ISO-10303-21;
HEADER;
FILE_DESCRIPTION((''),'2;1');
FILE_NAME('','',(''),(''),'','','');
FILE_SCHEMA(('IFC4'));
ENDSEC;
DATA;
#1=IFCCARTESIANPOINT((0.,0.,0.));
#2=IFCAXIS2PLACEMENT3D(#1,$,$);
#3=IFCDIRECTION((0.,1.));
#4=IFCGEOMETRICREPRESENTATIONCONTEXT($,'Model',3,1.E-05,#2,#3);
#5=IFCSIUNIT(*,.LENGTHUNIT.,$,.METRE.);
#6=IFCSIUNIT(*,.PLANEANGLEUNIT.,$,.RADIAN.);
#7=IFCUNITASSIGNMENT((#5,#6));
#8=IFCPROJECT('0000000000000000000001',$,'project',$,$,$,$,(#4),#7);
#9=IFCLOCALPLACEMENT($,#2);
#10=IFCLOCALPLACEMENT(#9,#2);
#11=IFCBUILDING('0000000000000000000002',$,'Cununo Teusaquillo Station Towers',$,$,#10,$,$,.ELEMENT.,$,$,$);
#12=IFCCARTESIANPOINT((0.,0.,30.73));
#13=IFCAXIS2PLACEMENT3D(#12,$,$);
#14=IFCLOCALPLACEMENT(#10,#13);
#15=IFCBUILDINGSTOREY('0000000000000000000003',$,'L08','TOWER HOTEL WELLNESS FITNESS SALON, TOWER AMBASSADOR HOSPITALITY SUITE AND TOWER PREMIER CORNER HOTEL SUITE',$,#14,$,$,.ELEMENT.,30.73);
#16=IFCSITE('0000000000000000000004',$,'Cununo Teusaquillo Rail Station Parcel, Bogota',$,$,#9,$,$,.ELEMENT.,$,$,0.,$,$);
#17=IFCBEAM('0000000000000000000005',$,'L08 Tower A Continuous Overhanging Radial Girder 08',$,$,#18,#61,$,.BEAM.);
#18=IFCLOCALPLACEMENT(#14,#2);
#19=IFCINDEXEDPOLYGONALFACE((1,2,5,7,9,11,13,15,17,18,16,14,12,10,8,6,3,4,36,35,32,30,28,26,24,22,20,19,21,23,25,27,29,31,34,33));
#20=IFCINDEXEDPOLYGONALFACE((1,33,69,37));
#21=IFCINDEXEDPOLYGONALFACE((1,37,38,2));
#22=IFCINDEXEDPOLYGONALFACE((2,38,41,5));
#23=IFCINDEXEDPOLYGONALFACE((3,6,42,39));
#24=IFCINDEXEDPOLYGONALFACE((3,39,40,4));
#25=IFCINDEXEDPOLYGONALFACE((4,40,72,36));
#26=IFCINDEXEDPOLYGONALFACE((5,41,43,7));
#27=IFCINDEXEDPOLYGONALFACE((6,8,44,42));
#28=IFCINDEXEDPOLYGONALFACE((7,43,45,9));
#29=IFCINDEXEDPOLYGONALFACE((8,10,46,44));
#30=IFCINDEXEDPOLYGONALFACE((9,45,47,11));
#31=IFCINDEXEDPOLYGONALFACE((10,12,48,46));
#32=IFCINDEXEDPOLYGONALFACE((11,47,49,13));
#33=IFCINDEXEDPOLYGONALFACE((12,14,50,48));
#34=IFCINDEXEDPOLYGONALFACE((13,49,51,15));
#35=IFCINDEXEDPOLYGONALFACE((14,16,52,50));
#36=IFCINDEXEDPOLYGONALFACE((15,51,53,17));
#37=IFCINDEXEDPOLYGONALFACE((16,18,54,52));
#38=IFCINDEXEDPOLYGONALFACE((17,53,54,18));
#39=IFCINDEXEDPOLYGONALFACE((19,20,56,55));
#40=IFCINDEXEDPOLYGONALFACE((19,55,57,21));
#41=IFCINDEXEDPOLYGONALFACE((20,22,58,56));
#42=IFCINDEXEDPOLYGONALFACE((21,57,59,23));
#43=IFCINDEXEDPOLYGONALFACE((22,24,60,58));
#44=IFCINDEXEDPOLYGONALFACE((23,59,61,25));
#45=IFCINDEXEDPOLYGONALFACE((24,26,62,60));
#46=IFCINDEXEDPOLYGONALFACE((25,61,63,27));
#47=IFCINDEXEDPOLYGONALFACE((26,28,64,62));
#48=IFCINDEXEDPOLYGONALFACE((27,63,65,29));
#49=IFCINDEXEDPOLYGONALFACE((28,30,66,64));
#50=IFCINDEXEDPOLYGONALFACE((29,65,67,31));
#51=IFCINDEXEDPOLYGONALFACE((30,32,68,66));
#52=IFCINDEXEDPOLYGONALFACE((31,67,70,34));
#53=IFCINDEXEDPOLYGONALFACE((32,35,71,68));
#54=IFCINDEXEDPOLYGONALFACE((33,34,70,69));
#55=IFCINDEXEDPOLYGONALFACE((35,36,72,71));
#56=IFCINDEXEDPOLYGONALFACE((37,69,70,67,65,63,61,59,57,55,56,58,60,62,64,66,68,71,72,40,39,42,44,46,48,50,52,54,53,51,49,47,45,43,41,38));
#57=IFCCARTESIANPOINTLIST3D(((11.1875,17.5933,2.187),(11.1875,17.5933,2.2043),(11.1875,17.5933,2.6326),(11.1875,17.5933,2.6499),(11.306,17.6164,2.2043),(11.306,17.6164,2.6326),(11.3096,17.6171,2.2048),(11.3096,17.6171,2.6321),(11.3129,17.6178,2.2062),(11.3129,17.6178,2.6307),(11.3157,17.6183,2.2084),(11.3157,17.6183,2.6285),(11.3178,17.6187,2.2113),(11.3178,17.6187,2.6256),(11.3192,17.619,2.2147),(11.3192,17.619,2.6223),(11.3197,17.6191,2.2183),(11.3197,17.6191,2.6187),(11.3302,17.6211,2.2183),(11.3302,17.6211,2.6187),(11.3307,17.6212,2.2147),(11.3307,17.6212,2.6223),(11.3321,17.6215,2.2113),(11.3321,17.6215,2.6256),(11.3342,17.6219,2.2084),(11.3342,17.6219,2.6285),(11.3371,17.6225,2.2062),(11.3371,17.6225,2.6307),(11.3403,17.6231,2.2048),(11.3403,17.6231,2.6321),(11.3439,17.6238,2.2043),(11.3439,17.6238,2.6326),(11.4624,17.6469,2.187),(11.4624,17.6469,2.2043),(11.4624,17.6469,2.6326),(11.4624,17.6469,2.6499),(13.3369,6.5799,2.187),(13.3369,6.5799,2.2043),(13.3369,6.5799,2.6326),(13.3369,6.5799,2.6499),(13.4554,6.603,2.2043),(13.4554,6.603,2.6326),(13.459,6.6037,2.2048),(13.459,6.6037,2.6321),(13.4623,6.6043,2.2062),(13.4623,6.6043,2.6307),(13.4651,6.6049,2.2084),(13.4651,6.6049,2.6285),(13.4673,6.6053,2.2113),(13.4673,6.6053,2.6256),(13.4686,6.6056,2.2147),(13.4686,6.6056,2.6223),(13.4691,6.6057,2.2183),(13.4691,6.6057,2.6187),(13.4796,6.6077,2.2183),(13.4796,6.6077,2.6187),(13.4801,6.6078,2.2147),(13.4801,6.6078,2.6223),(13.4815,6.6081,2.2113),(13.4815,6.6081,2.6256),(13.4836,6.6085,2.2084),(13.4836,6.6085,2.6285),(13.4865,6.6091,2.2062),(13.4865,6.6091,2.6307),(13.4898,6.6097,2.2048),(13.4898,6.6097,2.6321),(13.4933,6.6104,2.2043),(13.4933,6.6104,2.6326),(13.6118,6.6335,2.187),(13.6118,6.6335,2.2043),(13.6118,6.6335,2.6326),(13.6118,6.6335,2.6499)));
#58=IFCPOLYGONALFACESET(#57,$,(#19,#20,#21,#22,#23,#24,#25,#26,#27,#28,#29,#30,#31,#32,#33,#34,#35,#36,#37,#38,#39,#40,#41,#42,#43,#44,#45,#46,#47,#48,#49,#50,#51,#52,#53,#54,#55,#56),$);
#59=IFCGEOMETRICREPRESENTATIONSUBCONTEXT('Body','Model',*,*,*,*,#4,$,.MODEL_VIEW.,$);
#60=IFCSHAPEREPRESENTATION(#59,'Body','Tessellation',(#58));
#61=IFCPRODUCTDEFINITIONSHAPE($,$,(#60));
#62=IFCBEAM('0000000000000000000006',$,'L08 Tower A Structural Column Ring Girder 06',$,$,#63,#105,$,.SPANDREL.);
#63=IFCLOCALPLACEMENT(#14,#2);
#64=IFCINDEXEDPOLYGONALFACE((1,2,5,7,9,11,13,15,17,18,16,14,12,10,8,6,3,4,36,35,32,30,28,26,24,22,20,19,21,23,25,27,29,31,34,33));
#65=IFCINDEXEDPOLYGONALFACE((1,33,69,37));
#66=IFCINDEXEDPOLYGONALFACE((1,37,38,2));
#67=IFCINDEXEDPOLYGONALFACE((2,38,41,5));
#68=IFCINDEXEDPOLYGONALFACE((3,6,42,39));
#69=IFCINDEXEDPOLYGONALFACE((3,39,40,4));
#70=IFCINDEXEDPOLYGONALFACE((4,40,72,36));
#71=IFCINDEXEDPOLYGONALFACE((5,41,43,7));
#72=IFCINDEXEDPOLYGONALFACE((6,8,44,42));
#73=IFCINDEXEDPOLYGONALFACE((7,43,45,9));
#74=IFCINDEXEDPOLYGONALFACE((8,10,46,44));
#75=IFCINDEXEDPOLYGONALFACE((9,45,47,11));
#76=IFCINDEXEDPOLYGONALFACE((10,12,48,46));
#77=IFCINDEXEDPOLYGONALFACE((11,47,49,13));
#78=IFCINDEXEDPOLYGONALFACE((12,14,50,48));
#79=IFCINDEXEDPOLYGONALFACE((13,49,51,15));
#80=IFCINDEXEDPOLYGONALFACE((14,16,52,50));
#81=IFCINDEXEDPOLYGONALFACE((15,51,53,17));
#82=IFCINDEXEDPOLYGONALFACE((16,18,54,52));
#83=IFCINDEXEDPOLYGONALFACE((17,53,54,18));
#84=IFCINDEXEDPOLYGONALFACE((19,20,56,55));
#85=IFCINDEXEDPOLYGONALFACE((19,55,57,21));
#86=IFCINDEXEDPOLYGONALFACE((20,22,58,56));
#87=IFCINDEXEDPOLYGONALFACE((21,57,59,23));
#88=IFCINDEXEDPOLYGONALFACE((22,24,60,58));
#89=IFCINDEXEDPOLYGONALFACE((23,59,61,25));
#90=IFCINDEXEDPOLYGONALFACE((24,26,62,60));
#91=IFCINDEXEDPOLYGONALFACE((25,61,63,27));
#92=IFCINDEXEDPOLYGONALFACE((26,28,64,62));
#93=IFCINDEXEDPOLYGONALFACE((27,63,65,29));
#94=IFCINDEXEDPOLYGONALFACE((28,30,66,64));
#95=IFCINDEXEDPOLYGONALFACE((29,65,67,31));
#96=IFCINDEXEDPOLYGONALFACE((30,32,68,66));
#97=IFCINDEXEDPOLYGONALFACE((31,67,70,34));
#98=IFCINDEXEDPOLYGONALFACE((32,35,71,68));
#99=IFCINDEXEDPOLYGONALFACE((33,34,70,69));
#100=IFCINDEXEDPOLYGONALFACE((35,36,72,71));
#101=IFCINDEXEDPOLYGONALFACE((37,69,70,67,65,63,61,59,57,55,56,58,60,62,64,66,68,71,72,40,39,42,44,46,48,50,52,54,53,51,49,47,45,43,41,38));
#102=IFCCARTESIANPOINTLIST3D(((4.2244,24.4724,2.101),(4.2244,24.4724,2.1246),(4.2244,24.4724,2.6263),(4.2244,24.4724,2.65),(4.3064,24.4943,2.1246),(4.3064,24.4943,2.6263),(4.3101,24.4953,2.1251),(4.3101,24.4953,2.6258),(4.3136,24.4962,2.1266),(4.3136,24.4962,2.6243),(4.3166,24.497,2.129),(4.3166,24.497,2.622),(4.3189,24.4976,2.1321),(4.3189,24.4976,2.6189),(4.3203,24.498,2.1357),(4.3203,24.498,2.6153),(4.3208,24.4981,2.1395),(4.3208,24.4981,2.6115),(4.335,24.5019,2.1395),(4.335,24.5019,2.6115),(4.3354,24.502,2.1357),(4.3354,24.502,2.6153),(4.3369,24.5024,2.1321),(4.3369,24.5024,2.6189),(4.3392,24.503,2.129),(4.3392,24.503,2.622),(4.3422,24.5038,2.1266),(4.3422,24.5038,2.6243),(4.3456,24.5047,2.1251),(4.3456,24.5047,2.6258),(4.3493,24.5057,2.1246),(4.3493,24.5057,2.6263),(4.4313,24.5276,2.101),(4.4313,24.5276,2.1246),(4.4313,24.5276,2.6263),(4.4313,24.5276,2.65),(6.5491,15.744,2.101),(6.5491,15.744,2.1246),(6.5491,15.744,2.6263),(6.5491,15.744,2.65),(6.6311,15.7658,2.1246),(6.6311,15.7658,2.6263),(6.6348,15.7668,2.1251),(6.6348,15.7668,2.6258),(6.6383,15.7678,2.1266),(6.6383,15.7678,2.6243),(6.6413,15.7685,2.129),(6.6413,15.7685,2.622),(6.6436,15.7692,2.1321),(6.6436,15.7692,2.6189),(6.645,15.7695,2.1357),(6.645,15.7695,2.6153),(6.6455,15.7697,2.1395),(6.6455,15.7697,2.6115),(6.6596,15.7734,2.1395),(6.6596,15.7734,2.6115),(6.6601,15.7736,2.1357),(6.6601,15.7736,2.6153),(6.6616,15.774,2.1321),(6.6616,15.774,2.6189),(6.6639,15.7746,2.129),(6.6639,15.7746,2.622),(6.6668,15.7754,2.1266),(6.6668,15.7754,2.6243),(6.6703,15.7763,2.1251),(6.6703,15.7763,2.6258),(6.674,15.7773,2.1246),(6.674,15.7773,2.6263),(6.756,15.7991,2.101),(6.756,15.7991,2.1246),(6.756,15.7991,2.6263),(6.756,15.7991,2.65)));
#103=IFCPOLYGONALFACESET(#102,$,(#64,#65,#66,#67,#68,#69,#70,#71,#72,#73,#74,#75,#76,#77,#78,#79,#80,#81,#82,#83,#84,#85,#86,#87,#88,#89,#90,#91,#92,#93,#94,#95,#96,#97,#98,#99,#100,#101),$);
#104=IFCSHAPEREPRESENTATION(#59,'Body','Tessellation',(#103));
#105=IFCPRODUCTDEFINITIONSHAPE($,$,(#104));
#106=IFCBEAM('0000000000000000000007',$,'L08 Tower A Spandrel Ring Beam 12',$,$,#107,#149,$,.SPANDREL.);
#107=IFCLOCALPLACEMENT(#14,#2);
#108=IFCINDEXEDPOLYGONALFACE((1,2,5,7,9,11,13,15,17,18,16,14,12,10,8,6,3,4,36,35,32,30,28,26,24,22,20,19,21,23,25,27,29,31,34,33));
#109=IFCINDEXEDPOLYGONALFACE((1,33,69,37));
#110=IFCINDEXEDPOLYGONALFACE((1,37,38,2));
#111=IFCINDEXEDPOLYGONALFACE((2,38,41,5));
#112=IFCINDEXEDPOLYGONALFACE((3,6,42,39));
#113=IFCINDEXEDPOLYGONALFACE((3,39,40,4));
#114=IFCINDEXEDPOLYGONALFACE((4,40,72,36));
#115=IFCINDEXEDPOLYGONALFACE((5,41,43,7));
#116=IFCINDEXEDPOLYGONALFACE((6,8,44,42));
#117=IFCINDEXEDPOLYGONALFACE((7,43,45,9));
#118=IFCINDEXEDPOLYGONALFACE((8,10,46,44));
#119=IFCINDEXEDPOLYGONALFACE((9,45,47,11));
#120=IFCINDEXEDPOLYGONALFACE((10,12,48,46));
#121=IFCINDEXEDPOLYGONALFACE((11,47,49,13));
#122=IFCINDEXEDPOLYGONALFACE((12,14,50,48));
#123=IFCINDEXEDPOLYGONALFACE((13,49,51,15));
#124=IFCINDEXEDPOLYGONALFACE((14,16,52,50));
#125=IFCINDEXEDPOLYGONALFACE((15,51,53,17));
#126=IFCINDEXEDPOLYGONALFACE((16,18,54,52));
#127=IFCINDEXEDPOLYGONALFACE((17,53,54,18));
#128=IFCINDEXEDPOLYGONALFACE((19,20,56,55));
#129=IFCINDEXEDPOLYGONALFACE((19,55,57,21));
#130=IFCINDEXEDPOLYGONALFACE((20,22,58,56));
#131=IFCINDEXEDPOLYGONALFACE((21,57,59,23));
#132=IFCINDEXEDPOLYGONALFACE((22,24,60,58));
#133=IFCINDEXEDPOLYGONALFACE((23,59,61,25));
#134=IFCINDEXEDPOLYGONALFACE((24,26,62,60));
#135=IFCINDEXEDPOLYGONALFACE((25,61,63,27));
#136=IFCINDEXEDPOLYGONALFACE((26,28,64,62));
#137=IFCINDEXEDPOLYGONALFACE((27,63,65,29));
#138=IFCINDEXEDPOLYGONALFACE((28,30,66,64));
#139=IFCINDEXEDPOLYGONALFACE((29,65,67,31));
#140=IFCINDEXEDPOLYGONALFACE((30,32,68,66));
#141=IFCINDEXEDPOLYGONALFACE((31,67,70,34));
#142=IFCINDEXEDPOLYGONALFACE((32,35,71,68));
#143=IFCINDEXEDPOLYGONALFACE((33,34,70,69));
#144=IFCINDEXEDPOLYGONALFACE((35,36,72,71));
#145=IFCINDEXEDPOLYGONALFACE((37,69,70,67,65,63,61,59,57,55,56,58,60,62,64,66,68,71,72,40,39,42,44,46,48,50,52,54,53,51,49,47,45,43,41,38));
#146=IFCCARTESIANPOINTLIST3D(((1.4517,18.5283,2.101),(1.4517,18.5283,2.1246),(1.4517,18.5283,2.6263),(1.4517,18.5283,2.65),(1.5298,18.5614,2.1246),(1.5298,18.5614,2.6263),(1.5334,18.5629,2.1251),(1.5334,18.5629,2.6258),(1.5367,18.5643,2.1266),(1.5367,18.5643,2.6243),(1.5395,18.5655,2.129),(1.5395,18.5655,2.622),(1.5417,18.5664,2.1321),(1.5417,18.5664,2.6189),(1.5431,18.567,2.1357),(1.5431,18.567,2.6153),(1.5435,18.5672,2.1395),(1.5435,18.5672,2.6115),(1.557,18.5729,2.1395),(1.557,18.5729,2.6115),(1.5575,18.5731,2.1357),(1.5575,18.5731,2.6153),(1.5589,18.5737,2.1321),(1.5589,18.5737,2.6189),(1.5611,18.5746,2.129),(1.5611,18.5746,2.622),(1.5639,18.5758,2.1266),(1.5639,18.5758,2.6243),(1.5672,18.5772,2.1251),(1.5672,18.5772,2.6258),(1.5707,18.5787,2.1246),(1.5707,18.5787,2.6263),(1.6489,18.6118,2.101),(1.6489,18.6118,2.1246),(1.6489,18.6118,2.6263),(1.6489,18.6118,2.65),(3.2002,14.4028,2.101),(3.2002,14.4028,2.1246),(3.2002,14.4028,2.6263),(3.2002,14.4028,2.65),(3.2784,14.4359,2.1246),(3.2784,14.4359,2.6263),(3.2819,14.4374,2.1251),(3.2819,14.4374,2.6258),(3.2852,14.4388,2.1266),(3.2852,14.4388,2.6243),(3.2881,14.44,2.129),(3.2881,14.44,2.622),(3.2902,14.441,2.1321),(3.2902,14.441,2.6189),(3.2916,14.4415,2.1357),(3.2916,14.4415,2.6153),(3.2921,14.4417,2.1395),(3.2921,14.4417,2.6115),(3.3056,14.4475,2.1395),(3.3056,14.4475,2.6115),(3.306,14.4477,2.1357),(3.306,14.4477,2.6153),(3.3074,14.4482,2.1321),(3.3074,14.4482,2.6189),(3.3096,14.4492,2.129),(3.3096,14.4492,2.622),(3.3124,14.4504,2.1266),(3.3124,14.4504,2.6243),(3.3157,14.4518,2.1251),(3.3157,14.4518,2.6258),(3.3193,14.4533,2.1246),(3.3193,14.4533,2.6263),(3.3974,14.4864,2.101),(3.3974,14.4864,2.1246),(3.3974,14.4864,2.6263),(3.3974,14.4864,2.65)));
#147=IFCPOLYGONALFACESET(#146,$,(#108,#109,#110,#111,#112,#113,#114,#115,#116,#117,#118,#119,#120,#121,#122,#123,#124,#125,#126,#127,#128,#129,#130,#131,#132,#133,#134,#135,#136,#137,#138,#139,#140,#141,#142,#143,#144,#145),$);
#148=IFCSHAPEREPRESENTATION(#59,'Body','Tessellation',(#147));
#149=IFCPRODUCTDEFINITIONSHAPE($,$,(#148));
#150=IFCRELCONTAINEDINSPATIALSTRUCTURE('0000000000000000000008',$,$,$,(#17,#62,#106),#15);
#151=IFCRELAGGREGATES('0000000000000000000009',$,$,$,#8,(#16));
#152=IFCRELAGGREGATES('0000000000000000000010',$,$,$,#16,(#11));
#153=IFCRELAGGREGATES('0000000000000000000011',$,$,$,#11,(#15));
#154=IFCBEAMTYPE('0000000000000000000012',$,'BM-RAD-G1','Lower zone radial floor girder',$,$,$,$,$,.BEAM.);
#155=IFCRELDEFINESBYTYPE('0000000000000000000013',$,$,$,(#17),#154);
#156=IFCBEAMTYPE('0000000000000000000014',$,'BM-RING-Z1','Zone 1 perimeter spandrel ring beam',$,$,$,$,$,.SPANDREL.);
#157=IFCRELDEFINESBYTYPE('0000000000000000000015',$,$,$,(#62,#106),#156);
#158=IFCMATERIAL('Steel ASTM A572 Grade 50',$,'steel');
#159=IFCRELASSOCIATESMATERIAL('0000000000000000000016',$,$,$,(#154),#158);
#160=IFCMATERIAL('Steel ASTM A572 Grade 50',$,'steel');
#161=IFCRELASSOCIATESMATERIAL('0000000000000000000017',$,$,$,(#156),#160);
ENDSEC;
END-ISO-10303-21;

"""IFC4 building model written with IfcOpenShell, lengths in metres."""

from ifc_helpers import new_model, si_unit, direction, frame, origin, origin_2d, place, context, subcontext, project, spatial, i_section, extrude, material, material_profile, profile_set, type_object, element, save


model = new_model("IFC4")

# Units and contexts
model_context = context("Model", 3, precision=1e-05, world=origin(), true_north=direction((0.0, 1.0)))
body_context = subcontext(model_context, "Body", "Model", "MODEL_VIEW")
ifc_project = project(units=[si_unit("LENGTHUNIT", "METRE"), si_unit("PLANEANGLEUNIT", "RADIAN")], contexts=[model_context])

# Site, building, storey
site_placement = place(None, origin())
site = spatial("IfcSite", under=ifc_project, at=site_placement, Name="Cununo Teusaquillo Rail Station Parcel, Bogota", CompositionType="ELEMENT", RefElevation=0.0)
building_placement = place(site_placement, origin())
building = spatial("IfcBuilding", under=site, at=building_placement, Name="Cununo Teusaquillo Station Towers", CompositionType="ELEMENT")
storey_placement = place(building_placement, frame((0.0, 0.0, 30.73)))
storey = spatial("IfcBuildingStorey", under=building, at=storey_placement, Name="L08", Description="TOWER HOTEL WELLNESS FITNESS SALON, TOWER AMBASSADOR HOSPITALITY SUITE AND TOWER PREMIER CORNER HOTEL SUITE", CompositionType="ELEMENT", Elevation=30.73)

# Beams
ifc_material_1 = material(Name="Steel ASTM A572 Grade 50", Category="steel")
ifc_material_profile_1 = material_profile(ifc_material_1, i_section(OverallWidth=0.28, OverallDepth=0.4629, WebThickness=0.0107, FlangeThickness=0.0173, FilletRadius=0.0139, at=origin_2d()), Name="W18X76")
ifc_profile_set_1 = profile_set([ifc_material_profile_1], Name="Steel ASTM A572 Grade 50")
beam_type_1 = type_object("IfcBeamType", Name="BM-RAD-G1", Description="Lower zone radial floor girder", PredefinedType="BEAM", material=ifc_profile_set_1)
beam_1_placement = place(storey_placement, frame((11.325, 17.6201, 2.4185), z_axis=(0.191549, -0.981483, 0.0), x_axis=(0.981483, 0.191549, 0.0)))
element("IfcBeam", 1, at=beam_1_placement, inside=storey, type_object=beam_type_1, Name="L08 Tower A Continuous Overhanging Radial Girder 08", PredefinedType="BEAM", context=body_context, shape_type="SweptSolid", body=[
    extrude(i_section(OverallWidth=0.28, OverallDepth=0.4629, WebThickness=0.0107, FlangeThickness=0.0173, FilletRadius=0.0139, at=origin_2d()), origin(), (0.0, 0.0, 1.0), 11.2212),
])
ifc_material_2 = material(Name="Steel ASTM A572 Grade 50", Category="steel")
ifc_material_profile_2 = material_profile(ifc_material_2, i_section(OverallWidth=0.2141, OverallDepth=0.5491, WebThickness=0.0146, FlangeThickness=0.0237, FilletRadius=0.0149, at=origin_2d()), Name="W21X93")
ifc_profile_set_2 = profile_set([ifc_material_profile_2], Name="Steel ASTM A572 Grade 50")
beam_type_2 = type_object("IfcBeamType", Name="BM-RING-Z1", Description="Zone 1 perimeter spandrel ring beam", PredefinedType="SPANDREL", material=ifc_profile_set_2)
beam_2_placement = place(storey_placement, frame((4.3279, 24.5, 2.3755), z_axis=(0.257363, -0.966315, 0.0), x_axis=(0.966315, 0.257363, 0.0)))
element("IfcBeam", 2, at=beam_2_placement, inside=storey, type_object=beam_type_2, Name="L08 Tower A Structural Column Ring Girder 06", PredefinedType="SPANDREL", context=body_context, shape_type="SweptSolid", body=[
    extrude(i_section(OverallWidth=0.2141, OverallDepth=0.5491, WebThickness=0.0146, FlangeThickness=0.0237, FilletRadius=0.0149, at=origin_2d()), origin(), (0.0, 0.0, 1.0), 9.0327),
])
beam_3_placement = place(storey_placement, frame((1.5503, 18.5701, 2.3755), z_axis=(0.390234, -0.920716, 0.0), x_axis=(0.920716, 0.390234, 0.0)))
element("IfcBeam", 3, at=beam_3_placement, inside=storey, type_object=beam_type_2, Name="L08 Tower A Spandrel Ring Beam 12", PredefinedType="SPANDREL", context=body_context, shape_type="SweptSolid", body=[
    extrude(i_section(OverallWidth=0.2141, OverallDepth=0.5491, WebThickness=0.0146, FlangeThickness=0.0237, FilletRadius=0.0149, at=origin_2d()), origin(), (0.0, 0.0, 1.0), 4.4807),
])

save(model, "model.ifc")
